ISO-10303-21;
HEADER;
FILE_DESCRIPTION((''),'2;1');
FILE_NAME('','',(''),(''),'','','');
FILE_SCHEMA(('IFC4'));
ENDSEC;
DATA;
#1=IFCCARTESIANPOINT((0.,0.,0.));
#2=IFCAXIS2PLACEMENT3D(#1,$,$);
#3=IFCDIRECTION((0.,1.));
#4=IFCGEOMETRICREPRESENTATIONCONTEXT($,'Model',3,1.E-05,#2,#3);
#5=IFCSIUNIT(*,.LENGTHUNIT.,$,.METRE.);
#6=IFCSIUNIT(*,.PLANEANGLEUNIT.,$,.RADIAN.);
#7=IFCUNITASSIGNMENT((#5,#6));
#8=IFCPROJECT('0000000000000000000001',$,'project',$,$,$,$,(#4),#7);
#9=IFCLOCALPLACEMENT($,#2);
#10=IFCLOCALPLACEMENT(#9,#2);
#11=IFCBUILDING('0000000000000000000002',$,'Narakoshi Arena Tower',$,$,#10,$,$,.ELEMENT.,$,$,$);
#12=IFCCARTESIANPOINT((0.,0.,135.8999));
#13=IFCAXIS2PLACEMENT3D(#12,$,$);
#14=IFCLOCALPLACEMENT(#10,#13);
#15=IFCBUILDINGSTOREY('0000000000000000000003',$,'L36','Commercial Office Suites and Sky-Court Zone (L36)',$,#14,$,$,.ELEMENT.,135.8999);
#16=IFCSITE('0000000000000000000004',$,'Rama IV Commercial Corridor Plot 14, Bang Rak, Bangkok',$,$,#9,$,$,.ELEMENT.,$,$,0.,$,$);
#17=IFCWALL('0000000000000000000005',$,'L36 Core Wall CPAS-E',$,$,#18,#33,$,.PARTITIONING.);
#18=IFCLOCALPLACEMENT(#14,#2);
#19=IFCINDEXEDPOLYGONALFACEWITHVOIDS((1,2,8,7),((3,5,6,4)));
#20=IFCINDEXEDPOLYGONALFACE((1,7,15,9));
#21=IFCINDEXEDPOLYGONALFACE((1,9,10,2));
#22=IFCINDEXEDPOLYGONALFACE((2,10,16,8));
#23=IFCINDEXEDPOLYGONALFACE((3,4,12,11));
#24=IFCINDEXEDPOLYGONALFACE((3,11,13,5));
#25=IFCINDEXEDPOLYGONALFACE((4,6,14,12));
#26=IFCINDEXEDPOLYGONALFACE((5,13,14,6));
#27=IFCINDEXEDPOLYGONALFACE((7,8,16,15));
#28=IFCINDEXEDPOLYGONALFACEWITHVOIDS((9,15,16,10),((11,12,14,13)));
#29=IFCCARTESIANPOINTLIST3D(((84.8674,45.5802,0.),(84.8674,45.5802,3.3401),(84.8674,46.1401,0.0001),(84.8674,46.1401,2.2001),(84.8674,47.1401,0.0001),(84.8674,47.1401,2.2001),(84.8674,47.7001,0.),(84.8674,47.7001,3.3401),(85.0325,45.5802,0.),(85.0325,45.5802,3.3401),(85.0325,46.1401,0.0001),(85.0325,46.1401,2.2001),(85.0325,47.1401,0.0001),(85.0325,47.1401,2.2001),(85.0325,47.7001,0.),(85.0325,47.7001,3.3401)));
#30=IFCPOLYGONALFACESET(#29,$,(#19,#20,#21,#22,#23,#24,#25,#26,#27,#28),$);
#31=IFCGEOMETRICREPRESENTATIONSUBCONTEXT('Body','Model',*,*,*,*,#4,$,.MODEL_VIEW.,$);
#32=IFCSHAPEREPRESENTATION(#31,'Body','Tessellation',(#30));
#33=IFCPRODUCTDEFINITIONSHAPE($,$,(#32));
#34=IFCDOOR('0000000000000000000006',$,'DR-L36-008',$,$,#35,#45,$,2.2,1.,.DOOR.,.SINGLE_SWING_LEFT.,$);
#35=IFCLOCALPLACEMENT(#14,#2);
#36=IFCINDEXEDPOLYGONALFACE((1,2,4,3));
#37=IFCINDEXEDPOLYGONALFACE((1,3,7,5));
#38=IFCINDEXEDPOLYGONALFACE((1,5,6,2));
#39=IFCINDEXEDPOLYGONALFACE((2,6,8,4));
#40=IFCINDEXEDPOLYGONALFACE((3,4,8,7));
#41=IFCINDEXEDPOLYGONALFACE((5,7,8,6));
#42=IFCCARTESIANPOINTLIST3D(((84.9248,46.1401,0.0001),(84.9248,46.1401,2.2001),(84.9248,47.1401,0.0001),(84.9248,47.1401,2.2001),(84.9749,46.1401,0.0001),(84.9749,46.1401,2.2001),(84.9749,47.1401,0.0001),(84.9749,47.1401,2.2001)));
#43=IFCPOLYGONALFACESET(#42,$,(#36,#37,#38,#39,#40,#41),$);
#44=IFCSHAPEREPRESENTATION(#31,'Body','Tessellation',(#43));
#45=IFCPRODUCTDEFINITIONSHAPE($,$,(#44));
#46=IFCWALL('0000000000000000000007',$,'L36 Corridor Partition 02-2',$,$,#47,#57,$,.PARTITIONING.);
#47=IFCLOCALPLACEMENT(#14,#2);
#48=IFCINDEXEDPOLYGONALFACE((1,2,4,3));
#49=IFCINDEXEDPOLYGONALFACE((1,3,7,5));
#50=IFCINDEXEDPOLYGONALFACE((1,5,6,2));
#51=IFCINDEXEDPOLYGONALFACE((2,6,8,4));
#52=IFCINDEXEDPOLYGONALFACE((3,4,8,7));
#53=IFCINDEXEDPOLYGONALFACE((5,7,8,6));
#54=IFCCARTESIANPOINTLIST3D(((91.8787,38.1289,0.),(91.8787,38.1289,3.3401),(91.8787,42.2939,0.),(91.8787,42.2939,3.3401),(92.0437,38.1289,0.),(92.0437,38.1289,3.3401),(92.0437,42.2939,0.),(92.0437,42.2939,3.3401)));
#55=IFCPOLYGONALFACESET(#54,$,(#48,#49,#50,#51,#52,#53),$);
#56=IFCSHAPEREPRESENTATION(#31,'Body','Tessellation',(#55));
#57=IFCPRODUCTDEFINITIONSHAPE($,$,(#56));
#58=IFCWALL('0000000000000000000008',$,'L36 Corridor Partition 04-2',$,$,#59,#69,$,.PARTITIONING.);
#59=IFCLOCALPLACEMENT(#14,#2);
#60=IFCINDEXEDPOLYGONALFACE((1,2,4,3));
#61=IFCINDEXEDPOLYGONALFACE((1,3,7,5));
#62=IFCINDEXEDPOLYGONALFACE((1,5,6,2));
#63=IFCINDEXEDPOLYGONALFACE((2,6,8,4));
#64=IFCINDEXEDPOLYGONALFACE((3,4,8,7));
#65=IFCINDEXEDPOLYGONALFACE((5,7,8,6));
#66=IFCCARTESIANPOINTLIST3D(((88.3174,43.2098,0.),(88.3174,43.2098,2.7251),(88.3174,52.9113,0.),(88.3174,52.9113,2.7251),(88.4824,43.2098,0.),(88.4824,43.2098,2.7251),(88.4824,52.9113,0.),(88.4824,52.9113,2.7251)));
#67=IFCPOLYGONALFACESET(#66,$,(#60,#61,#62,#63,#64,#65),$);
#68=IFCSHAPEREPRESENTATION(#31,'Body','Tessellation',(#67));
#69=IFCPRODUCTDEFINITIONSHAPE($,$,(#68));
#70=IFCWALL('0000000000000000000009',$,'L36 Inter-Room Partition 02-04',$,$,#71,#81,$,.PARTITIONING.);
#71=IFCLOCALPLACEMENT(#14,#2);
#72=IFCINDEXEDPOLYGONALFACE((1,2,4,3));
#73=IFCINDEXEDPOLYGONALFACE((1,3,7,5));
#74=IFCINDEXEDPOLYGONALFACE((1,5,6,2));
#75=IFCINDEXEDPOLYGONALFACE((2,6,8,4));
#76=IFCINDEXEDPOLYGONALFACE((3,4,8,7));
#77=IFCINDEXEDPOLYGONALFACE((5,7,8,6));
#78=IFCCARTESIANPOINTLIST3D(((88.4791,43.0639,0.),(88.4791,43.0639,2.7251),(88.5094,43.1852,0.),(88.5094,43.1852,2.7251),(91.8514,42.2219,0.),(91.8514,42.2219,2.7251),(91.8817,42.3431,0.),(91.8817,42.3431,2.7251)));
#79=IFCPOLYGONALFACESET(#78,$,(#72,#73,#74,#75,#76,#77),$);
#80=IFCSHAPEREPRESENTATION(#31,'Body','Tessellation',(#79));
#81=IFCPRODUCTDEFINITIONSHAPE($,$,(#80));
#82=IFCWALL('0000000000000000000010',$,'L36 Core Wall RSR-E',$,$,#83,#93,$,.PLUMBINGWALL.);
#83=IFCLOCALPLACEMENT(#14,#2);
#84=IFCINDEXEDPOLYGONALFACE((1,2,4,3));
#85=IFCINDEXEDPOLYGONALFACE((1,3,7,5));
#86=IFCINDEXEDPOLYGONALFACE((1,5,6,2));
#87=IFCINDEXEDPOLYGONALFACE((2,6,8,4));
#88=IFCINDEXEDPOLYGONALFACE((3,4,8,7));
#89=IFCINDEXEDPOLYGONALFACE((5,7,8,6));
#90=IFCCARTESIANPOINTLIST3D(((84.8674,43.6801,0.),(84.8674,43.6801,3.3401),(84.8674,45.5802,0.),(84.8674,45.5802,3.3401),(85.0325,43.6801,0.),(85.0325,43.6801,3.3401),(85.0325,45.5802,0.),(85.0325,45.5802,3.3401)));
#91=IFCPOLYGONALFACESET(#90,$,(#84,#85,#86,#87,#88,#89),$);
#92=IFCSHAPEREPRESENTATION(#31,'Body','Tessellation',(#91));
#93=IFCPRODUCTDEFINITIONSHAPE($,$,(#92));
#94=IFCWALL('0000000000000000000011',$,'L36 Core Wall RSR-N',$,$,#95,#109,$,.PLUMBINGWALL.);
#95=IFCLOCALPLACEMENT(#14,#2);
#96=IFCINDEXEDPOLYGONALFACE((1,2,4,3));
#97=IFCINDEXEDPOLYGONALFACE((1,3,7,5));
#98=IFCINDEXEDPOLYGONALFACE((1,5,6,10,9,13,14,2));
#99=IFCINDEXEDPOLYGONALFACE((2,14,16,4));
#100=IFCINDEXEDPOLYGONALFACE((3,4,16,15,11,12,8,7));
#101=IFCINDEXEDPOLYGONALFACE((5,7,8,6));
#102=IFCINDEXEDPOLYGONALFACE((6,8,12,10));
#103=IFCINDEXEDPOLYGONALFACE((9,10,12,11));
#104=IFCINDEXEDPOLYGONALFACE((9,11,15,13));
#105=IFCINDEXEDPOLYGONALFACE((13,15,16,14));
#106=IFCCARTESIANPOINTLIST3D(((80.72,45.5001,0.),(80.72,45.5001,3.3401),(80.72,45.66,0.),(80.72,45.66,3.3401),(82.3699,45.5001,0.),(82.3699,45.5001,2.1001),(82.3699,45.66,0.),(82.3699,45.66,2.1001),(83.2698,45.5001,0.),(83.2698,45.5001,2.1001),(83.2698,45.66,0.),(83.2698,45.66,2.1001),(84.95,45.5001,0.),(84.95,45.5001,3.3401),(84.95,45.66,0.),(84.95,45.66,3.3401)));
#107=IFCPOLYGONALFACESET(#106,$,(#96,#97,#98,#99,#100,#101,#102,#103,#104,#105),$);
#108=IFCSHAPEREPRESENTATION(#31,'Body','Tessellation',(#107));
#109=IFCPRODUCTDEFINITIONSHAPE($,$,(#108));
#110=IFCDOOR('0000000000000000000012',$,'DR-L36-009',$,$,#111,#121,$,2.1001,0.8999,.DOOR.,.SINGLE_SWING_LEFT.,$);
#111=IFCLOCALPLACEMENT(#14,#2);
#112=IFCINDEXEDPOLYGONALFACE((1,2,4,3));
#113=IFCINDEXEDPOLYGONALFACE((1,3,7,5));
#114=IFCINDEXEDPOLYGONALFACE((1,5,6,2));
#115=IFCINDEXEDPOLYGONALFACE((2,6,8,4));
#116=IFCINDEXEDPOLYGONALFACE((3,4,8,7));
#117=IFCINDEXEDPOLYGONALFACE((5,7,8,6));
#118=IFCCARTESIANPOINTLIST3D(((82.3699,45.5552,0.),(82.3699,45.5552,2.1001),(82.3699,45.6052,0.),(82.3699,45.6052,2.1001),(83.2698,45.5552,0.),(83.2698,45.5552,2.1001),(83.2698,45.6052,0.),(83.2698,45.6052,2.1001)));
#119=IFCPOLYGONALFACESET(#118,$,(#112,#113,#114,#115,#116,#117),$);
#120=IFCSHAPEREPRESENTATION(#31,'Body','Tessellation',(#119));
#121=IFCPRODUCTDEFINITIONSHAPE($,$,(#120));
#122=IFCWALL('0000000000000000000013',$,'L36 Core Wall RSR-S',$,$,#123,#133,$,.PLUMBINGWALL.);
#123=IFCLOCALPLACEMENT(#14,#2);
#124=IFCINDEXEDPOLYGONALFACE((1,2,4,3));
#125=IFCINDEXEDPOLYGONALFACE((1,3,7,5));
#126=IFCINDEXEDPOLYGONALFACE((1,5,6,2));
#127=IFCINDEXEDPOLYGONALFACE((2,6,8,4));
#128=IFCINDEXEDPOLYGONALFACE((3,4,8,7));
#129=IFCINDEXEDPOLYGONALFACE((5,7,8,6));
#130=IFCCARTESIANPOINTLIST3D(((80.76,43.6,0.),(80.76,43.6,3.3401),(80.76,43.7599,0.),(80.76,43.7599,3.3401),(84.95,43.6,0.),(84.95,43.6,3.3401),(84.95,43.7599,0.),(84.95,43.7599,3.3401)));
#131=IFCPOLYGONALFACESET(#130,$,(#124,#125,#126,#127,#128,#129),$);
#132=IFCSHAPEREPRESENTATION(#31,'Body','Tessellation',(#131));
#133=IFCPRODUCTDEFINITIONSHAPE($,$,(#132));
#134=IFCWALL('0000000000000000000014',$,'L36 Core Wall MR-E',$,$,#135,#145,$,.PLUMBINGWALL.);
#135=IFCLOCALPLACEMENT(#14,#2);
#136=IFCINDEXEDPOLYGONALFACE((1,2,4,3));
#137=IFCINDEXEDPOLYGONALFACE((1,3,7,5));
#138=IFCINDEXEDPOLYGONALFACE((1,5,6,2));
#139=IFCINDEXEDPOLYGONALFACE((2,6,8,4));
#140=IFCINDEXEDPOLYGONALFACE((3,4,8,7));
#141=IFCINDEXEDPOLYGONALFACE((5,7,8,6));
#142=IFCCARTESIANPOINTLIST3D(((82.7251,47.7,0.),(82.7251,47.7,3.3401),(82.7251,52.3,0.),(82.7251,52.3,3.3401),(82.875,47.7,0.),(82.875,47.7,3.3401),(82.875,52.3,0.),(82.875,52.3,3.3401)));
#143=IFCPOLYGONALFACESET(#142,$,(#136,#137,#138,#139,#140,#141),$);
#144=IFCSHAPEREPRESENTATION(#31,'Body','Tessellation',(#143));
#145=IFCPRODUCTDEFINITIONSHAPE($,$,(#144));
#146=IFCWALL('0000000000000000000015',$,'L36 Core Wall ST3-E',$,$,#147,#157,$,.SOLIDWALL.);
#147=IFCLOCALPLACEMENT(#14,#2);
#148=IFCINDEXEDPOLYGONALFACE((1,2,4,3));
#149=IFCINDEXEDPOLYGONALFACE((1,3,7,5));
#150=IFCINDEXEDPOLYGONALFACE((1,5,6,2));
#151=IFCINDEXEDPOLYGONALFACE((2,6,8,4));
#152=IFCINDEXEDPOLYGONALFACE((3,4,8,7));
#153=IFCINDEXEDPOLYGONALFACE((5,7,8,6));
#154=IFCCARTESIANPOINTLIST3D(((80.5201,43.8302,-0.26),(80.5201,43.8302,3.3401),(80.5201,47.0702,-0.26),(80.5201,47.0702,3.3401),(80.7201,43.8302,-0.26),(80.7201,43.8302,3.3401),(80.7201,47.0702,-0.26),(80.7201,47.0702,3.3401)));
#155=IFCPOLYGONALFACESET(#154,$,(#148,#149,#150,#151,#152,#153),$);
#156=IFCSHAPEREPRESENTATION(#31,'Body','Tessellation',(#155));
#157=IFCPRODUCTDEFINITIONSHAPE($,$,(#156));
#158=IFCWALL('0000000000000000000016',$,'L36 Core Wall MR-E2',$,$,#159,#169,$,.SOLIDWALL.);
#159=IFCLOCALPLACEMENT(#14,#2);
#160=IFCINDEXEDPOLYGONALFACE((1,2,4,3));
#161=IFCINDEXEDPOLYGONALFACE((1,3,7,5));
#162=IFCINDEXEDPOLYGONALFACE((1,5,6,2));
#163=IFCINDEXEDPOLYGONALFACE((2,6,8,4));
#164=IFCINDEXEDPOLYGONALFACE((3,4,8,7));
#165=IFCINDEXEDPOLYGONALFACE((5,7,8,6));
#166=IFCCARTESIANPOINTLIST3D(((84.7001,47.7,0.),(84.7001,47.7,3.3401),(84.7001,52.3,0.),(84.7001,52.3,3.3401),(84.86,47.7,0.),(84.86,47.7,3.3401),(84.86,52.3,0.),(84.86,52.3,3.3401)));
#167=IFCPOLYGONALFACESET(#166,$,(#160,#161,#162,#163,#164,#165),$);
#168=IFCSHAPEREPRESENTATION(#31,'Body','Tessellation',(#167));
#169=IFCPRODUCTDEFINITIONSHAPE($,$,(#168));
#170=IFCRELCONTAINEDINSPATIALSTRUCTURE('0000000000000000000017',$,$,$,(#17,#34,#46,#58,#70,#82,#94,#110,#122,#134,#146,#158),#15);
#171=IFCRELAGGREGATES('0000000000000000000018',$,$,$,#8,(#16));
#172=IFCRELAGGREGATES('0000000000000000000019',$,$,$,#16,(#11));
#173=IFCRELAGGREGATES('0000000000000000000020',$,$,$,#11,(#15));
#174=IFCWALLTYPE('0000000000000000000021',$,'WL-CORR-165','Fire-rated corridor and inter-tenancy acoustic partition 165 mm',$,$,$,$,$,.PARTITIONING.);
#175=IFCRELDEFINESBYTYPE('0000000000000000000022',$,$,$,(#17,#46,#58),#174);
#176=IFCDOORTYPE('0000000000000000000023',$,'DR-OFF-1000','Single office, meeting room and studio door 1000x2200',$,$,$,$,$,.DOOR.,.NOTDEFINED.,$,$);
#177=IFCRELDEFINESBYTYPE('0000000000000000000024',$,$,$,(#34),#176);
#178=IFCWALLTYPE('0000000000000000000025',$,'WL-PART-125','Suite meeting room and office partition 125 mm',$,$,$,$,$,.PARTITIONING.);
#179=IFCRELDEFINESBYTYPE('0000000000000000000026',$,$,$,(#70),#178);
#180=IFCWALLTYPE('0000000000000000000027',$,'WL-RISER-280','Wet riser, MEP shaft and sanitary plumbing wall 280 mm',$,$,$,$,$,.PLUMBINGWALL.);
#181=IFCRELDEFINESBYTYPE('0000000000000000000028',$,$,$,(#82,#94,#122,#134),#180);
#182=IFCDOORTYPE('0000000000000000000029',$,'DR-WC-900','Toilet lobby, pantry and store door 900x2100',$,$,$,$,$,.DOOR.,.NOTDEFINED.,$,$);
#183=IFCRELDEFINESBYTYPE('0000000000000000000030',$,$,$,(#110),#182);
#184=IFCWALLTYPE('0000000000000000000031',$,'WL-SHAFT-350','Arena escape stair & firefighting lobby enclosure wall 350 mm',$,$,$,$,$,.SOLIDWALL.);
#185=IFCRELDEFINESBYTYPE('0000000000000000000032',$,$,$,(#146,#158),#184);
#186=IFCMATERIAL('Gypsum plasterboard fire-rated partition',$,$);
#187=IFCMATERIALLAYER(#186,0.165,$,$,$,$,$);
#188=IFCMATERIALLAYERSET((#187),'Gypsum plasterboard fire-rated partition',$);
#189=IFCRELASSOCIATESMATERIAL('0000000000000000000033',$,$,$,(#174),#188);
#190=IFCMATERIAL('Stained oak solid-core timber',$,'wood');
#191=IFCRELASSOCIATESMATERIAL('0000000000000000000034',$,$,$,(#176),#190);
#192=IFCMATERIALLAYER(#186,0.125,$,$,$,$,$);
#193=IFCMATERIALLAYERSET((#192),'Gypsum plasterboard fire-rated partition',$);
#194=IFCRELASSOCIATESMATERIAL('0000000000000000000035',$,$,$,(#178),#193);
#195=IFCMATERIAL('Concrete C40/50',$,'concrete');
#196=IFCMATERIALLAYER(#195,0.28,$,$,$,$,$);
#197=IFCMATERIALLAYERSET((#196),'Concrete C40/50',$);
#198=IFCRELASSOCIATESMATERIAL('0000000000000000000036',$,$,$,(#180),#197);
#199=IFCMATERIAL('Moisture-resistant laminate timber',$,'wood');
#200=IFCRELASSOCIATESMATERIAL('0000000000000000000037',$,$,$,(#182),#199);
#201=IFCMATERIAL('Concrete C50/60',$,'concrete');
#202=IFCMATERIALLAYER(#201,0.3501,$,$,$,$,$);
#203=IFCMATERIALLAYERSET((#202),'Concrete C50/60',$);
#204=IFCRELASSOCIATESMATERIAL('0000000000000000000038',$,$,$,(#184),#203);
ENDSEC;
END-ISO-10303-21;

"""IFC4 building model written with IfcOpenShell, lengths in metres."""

from ifc_helpers import new_model, si_unit, direction, frame, frame_2d, origin, place, context, subcontext, project, spatial, rectangle, extrude, material, layer, layer_set, type_object, element, fill, save


model = new_model("IFC4")

# Units and contexts
model_context = context("Model", 3, precision=1e-05, world=origin(), true_north=direction((0.0, 1.0)))
body_context = subcontext(model_context, "Body", "Model", "MODEL_VIEW")
ifc_project = project(units=[si_unit("LENGTHUNIT", "METRE"), si_unit("PLANEANGLEUNIT", "RADIAN")], contexts=[model_context])

# Site, building, storey
site_placement = place(None, origin())
site = spatial("IfcSite", under=ifc_project, at=site_placement, Name="Rama IV Commercial Corridor Plot 14, Bang Rak, Bangkok", CompositionType="ELEMENT", RefElevation=0.0)
building_placement = place(site_placement, origin())
building = spatial("IfcBuilding", under=site, at=building_placement, Name="Narakoshi Arena Tower", CompositionType="ELEMENT")
storey_placement = place(building_placement, frame((0.0, 0.0, 135.8999)))
storey = spatial("IfcBuildingStorey", under=building, at=storey_placement, Name="L36", Description="Commercial Office Suites and Sky-Court Zone (L36)", CompositionType="ELEMENT", Elevation=135.8999)

# Wall, opening, door
ifc_material_1 = material(Name="Gypsum plasterboard fire-rated partition")
ifc_layer_1 = layer(ifc_material_1, 0.165)
ifc_layer_set_1 = layer_set([ifc_layer_1], Name="Gypsum plasterboard fire-rated partition")
wall_type_1 = type_object("IfcWallType", Name="WL-CORR-165", Description="Fire-rated corridor and inter-tenancy acoustic partition 165 mm", PredefinedType="PARTITIONING", material=ifc_layer_set_1)
wall_1_placement = place(storey_placement, frame((84.95, 45.5801, 0.0), z_axis=(0.0, 0.0, 1.0), x_axis=(0.0, 1.0, 0.0)))
wall_1 = element("IfcWall", 1, at=wall_1_placement, inside=storey, type_object=wall_type_1, Name="L36 Core Wall CPAS-E", PredefinedType="PARTITIONING", context=body_context, shape_type="SweptSolid", body=[
    extrude(rectangle(XDim=2.1199, YDim=0.165, at=frame_2d((1.0601, 0.0))), origin(), (0.0, 0.0, 1.0), 3.3401),
])
opening_1_placement = place(wall_1_placement, frame((0.5601, 0.0, 0.0)))
opening_1 = element("IfcOpeningElement", 2, at=opening_1_placement, cuts=wall_1, PredefinedType="OPENING", context=body_context, shape_type="SweptSolid", body=[
    extrude(rectangle(XDim=1.0, YDim=2.2, at=frame_2d((0.5, 1.1001))), frame((0.0, 0.0925, 0.0), z_axis=(0.0, -1.0, 0.0), x_axis=(1.0, 0.0, 0.0)), (0.0, 0.0, 1.0), 0.1851),
])
ifc_material_2 = material(Name="Stained oak solid-core timber", Category="wood")
door_type_1 = type_object("IfcDoorType", Name="DR-OFF-1000", Description="Single office, meeting room and studio door 1000x2200", OperationType="NOTDEFINED", PredefinedType="DOOR", material=ifc_material_2)
door_1_placement = place(opening_1_placement, frame((1.0, 0.0, 0.0), z_axis=(0.0, 0.0, 1.0), x_axis=(-1.0, 0.0, 0.0)))
door_1 = element("IfcDoor", 3, at=door_1_placement, inside=storey, type_object=door_type_1, Name="DR-L36-008", OperationType="SINGLE_SWING_LEFT", OverallHeight=2.2, OverallWidth=1.0, PredefinedType="DOOR", context=body_context, shape_type="SweptSolid", body=[
    extrude(rectangle(XDim=1.0, YDim=2.2, at=frame_2d((0.5, 1.1001))), frame((0.0, 0.0249, 0.0), z_axis=(0.0, -1.0, 0.0), x_axis=(1.0, 0.0, 0.0)), (0.0, 0.0, 1.0), 0.05),
])
fill(opening_1, door_1)

# Walls
wall_2_placement = place(storey_placement, frame((91.9612, 42.2939, 0.0), z_axis=(0.0, 0.0, 1.0), x_axis=(0.0, -1.0, 0.0)))
element("IfcWall", 4, at=wall_2_placement, inside=storey, type_object=wall_type_1, Name="L36 Corridor Partition 02-2", PredefinedType="PARTITIONING", context=body_context, shape_type="SweptSolid", body=[
    extrude(rectangle(XDim=4.165, YDim=0.165, at=frame_2d((2.0825, 0.0))), origin(), (0.0, 0.0, 1.0), 3.3401),
])
wall_3_placement = place(storey_placement, frame((88.3999, 43.21, 0.0), z_axis=(0.0, 0.0, 1.0), x_axis=(0.0, 1.0, 0.0)))
element("IfcWall", 5, at=wall_3_placement, inside=storey, type_object=wall_type_1, Name="L36 Corridor Partition 04-2", PredefinedType="PARTITIONING", context=body_context, shape_type="SweptSolid", body=[
    extrude(rectangle(XDim=9.7014, YDim=0.165, at=frame_2d((4.8506, 0.0))), origin(), (0.0, 0.0, 1.0), 2.7251),
])
ifc_layer_2 = layer(ifc_material_1, 0.125)
ifc_layer_set_2 = layer_set([ifc_layer_2], Name="Gypsum plasterboard fire-rated partition")
wall_type_2 = type_object("IfcWallType", Name="WL-PART-125", Description="Suite meeting room and office partition 125 mm", PredefinedType="PARTITIONING", material=ifc_layer_set_2)
wall_4_placement = place(storey_placement, frame((88.4944, 43.1245, 0.0), z_axis=(0.0, 0.0, 1.0), x_axis=(0.970213, -0.242255, 0.0)))
element("IfcWall", 6, at=wall_4_placement, inside=storey, type_object=wall_type_2, Name="L36 Inter-Room Partition 02-04", PredefinedType="PARTITIONING", context=body_context, shape_type="SweptSolid", body=[
    extrude(rectangle(XDim=3.4758, YDim=0.125, at=frame_2d((1.7378, 0.0))), origin(), (0.0, 0.0, 1.0), 2.7251),
])
ifc_material_3 = material(Name="Concrete C40/50", Category="concrete")
ifc_layer_3 = layer(ifc_material_3, 0.28)
ifc_layer_set_3 = layer_set([ifc_layer_3], Name="Concrete C40/50")
wall_type_3 = type_object("IfcWallType", Name="WL-RISER-280", Description="Wet riser, MEP shaft and sanitary plumbing wall 280 mm", PredefinedType="PLUMBINGWALL", material=ifc_layer_set_3)
wall_5_placement = place(storey_placement, frame((84.95, 43.6799, 0.0), z_axis=(0.0, 0.0, 1.0), x_axis=(0.0, 1.0, 0.0)))
element("IfcWall", 7, at=wall_5_placement, inside=storey, type_object=wall_type_3, Name="L36 Core Wall RSR-E", PredefinedType="PLUMBINGWALL", context=body_context, shape_type="SweptSolid", body=[
    extrude(rectangle(XDim=1.9001, YDim=0.165, at=frame_2d((0.9502, 0.0))), origin(), (0.0, 0.0, 1.0), 3.3401),
])

# Wall, opening, door
wall_6_placement = place(storey_placement, frame((80.72, 45.5801, 0.0), z_axis=(0.0, 0.0, 1.0), x_axis=(1.0, 0.0, 0.0)))
wall_6 = element("IfcWall", 8, at=wall_6_placement, inside=storey, type_object=wall_type_3, Name="L36 Core Wall RSR-N", PredefinedType="PLUMBINGWALL", context=body_context, shape_type="SweptSolid", body=[
    extrude(rectangle(XDim=4.23, YDim=0.1599, at=frame_2d((2.115, 0.0))), origin(), (0.0, 0.0, 1.0), 3.3401),
])
opening_2_placement = place(wall_6_placement, frame((1.6499, 0.0, 0.0)))
opening_2 = element("IfcOpeningElement", 9, at=opening_2_placement, cuts=wall_6, PredefinedType="OPENING", context=body_context, shape_type="SweptSolid", body=[
    extrude(rectangle(XDim=0.8999, YDim=2.1001, at=frame_2d((0.45, 1.05))), frame((0.0, 0.0898, 0.0), z_axis=(0.0, -1.0, 0.0), x_axis=(1.0, 0.0, 0.0)), (0.0, 0.0, 1.0), 0.1799),
])
ifc_material_4 = material(Name="Moisture-resistant laminate timber", Category="wood")
door_type_2 = type_object("IfcDoorType", Name="DR-WC-900", Description="Toilet lobby, pantry and store door 900x2100", OperationType="NOTDEFINED", PredefinedType="DOOR", material=ifc_material_4)
door_2_placement = place(opening_2_placement, frame((0.8999, 0.0, 0.0), z_axis=(0.0, 0.0, 1.0), x_axis=(-1.0, 0.0, 0.0)))
door_2 = element("IfcDoor", 10, at=door_2_placement, inside=storey, type_object=door_type_2, Name="DR-L36-009", OperationType="SINGLE_SWING_LEFT", OverallHeight=2.1001, OverallWidth=0.8999, PredefinedType="DOOR", context=body_context, shape_type="SweptSolid", body=[
    extrude(rectangle(XDim=0.8999, YDim=2.1001, at=frame_2d((0.45, 1.05))), frame((0.0, 0.0249, 0.0), z_axis=(0.0, -1.0, 0.0), x_axis=(1.0, 0.0, 0.0)), (0.0, 0.0, 1.0), 0.05),
])
fill(opening_2, door_2)

# Walls
wall_7_placement = place(storey_placement, frame((80.76, 43.6799, 0.0), z_axis=(0.0, 0.0, 1.0), x_axis=(1.0, 0.0, 0.0)))
element("IfcWall", 11, at=wall_7_placement, inside=storey, type_object=wall_type_3, Name="L36 Core Wall RSR-S", PredefinedType="PLUMBINGWALL", context=body_context, shape_type="SweptSolid", body=[
    extrude(rectangle(XDim=4.1899, YDim=0.1599, at=frame_2d((2.095, 0.0))), origin(), (0.0, 0.0, 1.0), 3.3401),
])
wall_8_placement = place(storey_placement, frame((82.8, 47.7, 0.0), z_axis=(0.0, 0.0, 1.0), x_axis=(0.0, 1.0, 0.0)))
element("IfcWall", 12, at=wall_8_placement, inside=storey, type_object=wall_type_3, Name="L36 Core Wall MR-E", PredefinedType="PLUMBINGWALL", context=body_context, shape_type="SweptSolid", body=[
    extrude(rectangle(XDim=4.6001, YDim=0.1499, at=frame_2d((2.3, 0.0))), origin(), (0.0, 0.0, 1.0), 3.3401),
])
ifc_material_5 = material(Name="Concrete C50/60", Category="concrete")
ifc_layer_4 = layer(ifc_material_5, 0.3501)
ifc_layer_set_4 = layer_set([ifc_layer_4], Name="Concrete C50/60")
wall_type_4 = type_object("IfcWallType", Name="WL-SHAFT-350", Description="Arena escape stair & firefighting lobby enclosure wall 350 mm", PredefinedType="SOLIDWALL", material=ifc_layer_set_4)
wall_9_placement = place(storey_placement, frame((80.6201, 43.8301, -0.26), z_axis=(0.0, 0.0, 1.0), x_axis=(0.0, 1.0, 0.0)))
element("IfcWall", 13, at=wall_9_placement, inside=storey, type_object=wall_type_4, Name="L36 Core Wall ST3-E", PredefinedType="SOLIDWALL", context=body_context, shape_type="SweptSolid", body=[
    extrude(rectangle(XDim=3.24, YDim=0.2, at=frame_2d((1.6201, 0.0))), origin(), (0.0, 0.0, 1.0), 3.6001),
])
wall_10_placement = place(storey_placement, frame((84.78, 47.7, 0.0), z_axis=(0.0, 0.0, 1.0), x_axis=(0.0, 1.0, 0.0)))
element("IfcWall", 14, at=wall_10_placement, inside=storey, type_object=wall_type_4, Name="L36 Core Wall MR-E2", PredefinedType="SOLIDWALL", context=body_context, shape_type="SweptSolid", body=[
    extrude(rectangle(XDim=4.6001, YDim=0.1599, at=frame_2d((2.3, 0.0))), origin(), (0.0, 0.0, 1.0), 3.3401),
])

save(model, "model.ifc")
